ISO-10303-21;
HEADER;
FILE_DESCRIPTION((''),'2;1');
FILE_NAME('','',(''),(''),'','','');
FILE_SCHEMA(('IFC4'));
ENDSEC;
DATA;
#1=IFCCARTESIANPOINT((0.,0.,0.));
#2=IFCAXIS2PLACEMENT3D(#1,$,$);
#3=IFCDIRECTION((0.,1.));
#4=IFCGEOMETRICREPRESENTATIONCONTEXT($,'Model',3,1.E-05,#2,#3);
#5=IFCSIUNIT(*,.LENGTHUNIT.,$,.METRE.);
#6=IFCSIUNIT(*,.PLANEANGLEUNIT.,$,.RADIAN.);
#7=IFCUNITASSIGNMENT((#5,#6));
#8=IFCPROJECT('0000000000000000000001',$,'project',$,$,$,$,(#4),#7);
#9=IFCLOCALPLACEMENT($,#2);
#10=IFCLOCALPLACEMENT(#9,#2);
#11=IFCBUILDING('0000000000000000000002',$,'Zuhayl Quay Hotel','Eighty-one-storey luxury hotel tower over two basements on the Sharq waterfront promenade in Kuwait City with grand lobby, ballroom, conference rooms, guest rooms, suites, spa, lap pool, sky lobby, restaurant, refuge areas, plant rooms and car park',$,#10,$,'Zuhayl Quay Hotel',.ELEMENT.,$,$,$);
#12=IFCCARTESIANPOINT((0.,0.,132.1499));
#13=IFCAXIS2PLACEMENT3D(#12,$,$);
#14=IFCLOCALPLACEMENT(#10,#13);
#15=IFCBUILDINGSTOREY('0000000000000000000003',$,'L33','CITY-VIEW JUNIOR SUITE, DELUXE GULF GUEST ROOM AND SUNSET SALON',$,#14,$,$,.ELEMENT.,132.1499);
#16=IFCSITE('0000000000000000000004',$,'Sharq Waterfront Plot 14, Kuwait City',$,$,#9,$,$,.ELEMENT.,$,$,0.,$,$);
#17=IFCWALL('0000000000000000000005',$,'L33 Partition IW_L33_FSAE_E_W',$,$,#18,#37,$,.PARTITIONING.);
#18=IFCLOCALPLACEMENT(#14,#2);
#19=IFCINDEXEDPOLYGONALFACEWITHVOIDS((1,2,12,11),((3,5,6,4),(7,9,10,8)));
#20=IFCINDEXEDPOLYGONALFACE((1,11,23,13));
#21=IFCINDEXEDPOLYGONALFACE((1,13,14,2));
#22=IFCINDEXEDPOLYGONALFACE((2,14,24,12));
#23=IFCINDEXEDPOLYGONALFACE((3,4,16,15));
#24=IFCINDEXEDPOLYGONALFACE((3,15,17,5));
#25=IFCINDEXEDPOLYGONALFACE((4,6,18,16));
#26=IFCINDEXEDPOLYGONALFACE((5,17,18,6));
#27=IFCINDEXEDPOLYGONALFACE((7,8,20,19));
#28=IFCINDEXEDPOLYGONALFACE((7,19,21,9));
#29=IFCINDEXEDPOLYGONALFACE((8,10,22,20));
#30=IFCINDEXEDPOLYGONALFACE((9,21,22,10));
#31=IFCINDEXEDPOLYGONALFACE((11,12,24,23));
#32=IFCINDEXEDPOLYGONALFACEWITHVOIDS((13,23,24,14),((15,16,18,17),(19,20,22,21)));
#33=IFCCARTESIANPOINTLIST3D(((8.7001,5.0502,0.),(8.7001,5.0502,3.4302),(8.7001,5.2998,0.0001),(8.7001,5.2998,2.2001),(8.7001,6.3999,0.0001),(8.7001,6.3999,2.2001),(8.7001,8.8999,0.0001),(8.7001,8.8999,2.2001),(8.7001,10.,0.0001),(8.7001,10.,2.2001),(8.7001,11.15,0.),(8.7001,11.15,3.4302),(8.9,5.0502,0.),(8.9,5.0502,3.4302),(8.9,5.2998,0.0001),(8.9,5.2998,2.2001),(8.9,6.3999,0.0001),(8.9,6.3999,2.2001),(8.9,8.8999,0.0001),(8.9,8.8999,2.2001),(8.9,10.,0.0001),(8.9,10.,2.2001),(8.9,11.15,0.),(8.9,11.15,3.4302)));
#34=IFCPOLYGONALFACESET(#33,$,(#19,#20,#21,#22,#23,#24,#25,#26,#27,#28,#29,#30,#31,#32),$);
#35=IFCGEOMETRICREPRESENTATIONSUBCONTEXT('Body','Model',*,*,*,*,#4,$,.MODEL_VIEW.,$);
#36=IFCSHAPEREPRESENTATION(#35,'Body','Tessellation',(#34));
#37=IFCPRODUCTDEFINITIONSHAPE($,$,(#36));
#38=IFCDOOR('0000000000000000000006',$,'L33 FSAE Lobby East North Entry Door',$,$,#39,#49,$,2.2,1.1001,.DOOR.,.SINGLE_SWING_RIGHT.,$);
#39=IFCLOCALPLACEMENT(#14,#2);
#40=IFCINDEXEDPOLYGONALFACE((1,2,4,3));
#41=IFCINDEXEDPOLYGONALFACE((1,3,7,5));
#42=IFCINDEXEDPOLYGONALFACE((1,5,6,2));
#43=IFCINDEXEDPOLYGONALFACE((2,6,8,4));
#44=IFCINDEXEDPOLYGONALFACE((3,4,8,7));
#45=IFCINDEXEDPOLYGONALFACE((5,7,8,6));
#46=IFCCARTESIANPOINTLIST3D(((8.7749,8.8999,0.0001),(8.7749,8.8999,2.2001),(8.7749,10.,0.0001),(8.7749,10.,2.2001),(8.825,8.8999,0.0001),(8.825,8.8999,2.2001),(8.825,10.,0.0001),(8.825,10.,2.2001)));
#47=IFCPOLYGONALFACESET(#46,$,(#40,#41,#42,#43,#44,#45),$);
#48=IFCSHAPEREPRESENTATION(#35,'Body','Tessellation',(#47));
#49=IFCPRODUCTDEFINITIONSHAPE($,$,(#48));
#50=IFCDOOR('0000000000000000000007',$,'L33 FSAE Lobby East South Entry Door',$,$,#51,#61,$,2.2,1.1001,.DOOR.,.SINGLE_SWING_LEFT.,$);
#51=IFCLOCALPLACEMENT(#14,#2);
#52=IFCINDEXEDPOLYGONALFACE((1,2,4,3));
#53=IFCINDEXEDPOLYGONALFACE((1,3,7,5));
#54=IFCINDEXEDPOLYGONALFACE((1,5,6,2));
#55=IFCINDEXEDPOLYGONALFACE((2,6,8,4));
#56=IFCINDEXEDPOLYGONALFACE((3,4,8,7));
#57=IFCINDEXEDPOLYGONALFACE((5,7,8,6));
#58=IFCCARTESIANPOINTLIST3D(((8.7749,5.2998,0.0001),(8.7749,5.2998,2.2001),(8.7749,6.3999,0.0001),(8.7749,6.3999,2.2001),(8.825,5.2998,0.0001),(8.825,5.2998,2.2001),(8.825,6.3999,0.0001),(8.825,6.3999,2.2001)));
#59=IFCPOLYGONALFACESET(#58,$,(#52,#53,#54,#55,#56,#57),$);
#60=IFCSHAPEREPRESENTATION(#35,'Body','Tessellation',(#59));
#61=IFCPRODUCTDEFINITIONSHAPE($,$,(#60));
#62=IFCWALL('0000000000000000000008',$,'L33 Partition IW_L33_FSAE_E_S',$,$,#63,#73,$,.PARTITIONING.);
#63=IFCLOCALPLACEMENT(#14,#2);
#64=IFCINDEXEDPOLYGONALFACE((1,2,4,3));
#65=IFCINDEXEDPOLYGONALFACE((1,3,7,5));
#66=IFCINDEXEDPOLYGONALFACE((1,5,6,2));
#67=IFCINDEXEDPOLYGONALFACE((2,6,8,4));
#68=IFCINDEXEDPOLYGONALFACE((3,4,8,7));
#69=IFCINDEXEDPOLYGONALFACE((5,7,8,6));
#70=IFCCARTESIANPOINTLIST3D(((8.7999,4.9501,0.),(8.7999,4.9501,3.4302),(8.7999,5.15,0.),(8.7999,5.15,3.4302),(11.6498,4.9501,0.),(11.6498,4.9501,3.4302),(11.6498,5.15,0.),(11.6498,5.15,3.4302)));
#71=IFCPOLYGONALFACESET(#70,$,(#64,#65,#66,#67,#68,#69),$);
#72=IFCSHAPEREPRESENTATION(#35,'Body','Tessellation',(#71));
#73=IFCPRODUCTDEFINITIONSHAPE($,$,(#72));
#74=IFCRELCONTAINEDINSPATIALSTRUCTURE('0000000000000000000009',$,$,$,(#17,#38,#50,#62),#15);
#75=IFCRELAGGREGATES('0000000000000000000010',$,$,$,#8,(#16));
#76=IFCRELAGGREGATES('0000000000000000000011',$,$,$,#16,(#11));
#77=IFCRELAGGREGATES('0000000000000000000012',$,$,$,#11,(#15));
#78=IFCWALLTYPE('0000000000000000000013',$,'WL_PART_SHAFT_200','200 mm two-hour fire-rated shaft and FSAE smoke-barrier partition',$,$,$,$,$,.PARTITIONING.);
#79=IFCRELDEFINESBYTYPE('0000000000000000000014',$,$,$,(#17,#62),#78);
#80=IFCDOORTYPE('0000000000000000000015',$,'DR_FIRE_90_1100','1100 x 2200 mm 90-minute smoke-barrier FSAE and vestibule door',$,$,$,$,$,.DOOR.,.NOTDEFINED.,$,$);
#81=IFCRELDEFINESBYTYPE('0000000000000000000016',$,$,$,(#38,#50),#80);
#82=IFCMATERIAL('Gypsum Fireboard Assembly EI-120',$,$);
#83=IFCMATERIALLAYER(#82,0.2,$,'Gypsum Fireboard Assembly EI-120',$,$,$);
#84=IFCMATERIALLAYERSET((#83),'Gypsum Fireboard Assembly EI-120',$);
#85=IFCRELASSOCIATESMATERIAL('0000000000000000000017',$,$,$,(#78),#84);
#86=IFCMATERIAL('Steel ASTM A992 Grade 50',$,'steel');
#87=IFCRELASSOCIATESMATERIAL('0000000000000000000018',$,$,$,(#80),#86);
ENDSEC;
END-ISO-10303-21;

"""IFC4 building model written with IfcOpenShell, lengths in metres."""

from ifc_helpers import new_model, si_unit, direction, frame, frame_2d, origin, place, context, subcontext, project, spatial, rectangle, extrude, material, layer, layer_set, type_object, element, fill, save


model = new_model("IFC4")

# Units and contexts
model_context = context("Model", 3, precision=1e-05, world=origin(), true_north=direction((0.0, 1.0)))
body_context = subcontext(model_context, "Body", "Model", "MODEL_VIEW")
ifc_project = project(units=[si_unit("LENGTHUNIT", "METRE"), si_unit("PLANEANGLEUNIT", "RADIAN")], contexts=[model_context])

# Site, building, storey
site_placement = place(None, origin())
site = spatial("IfcSite", under=ifc_project, at=site_placement, Name="Sharq Waterfront Plot 14, Kuwait City", CompositionType="ELEMENT", RefElevation=0.0)
building_placement = place(site_placement, origin())
building = spatial("IfcBuilding", under=site, at=building_placement, Name="Zuhayl Quay Hotel", Description="Eighty-one-storey luxury hotel tower over two basements on the Sharq waterfront promenade in Kuwait City with grand lobby, ballroom, conference rooms, guest rooms, suites, spa, lap pool, sky lobby, restaurant, refuge areas, plant rooms and car park", LongName="Zuhayl Quay Hotel", CompositionType="ELEMENT")
storey_placement = place(building_placement, frame((0.0, 0.0, 132.1499)))
storey = spatial("IfcBuildingStorey", under=building, at=storey_placement, Name="L33", Description="CITY-VIEW JUNIOR SUITE, DELUXE GULF GUEST ROOM AND SUNSET SALON", CompositionType="ELEMENT", Elevation=132.1499)

# Shared definitions
ifc_material_1 = material(Name="Steel ASTM A992 Grade 50", Category="steel")

# Wall, openings, doors
ifc_material_2 = material(Name="Gypsum Fireboard Assembly EI-120")
ifc_layer_1 = layer(ifc_material_2, 0.2, Name="Gypsum Fireboard Assembly EI-120")
ifc_layer_set_1 = layer_set([ifc_layer_1], Name="Gypsum Fireboard Assembly EI-120")
wall_type_1 = type_object("IfcWallType", Name="WL_PART_SHAFT_200", Description="200 mm two-hour fire-rated shaft and FSAE smoke-barrier partition", PredefinedType="PARTITIONING", material=ifc_layer_set_1)
wall_1_placement = place(storey_placement, frame((8.8, 11.1499, 0.0), z_axis=(0.0, 0.0, 1.0), x_axis=(0.0, -1.0, 0.0)))
wall_1 = element("IfcWall", 1, at=wall_1_placement, inside=storey, type_object=wall_type_1, Name="L33 Partition IW_L33_FSAE_E_W", PredefinedType="PARTITIONING", context=body_context, shape_type="SweptSolid", body=[
    extrude(rectangle(XDim=6.0999, YDim=0.2, at=frame_2d((3.0498, 0.0))), origin(), (0.0, 0.0, 1.0), 3.4302),
])
opening_1_placement = place(wall_1_placement, frame((1.1499, 0.0, 0.0)))
opening_1 = element("IfcOpeningElement", 2, at=opening_1_placement, cuts=wall_1, PredefinedType="OPENING", context=body_context, shape_type="SweptSolid", body=[
    extrude(rectangle(XDim=1.1001, YDim=2.2, at=frame_2d((0.55, 1.1001))), frame((0.0, 0.1099, 0.0), z_axis=(0.0, -1.0, 0.0), x_axis=(1.0, 0.0, 0.0)), (0.0, 0.0, 1.0), 0.22),
])
opening_2_placement = place(wall_1_placement, frame((4.75, 0.0, 0.0)))
opening_2 = element("IfcOpeningElement", 3, at=opening_2_placement, cuts=wall_1, PredefinedType="OPENING", context=body_context, shape_type="SweptSolid", body=[
    extrude(rectangle(XDim=1.1001, YDim=2.2, at=frame_2d((0.55, 1.1001))), frame((0.0, 0.1099, 0.0), z_axis=(0.0, -1.0, 0.0), x_axis=(1.0, 0.0, 0.0)), (0.0, 0.0, 1.0), 0.22),
])
door_type_1 = type_object("IfcDoorType", Name="DR_FIRE_90_1100", Description="1100 x 2200 mm 90-minute smoke-barrier FSAE and vestibule door", OperationType="NOTDEFINED", PredefinedType="DOOR", material=ifc_material_1)
door_1_placement = place(opening_1_placement, origin())
door_1 = element("IfcDoor", 4, at=door_1_placement, inside=storey, type_object=door_type_1, Name="L33 FSAE Lobby East North Entry Door", OperationType="SINGLE_SWING_RIGHT", OverallHeight=2.2, OverallWidth=1.1001, PredefinedType="DOOR", context=body_context, shape_type="SweptSolid", body=[
    extrude(rectangle(XDim=1.1001, YDim=2.2, at=frame_2d((0.55, 1.1001))), frame((0.0, 0.0249, 0.0), z_axis=(0.0, -1.0, 0.0), x_axis=(1.0, 0.0, 0.0)), (0.0, 0.0, 1.0), 0.05),
])
fill(opening_1, door_1)
door_2_placement = place(opening_2_placement, origin())
door_2 = element("IfcDoor", 5, at=door_2_placement, inside=storey, type_object=door_type_1, Name="L33 FSAE Lobby East South Entry Door", OperationType="SINGLE_SWING_LEFT", OverallHeight=2.2, OverallWidth=1.1001, PredefinedType="DOOR", context=body_context, shape_type="SweptSolid", body=[
    extrude(rectangle(XDim=1.1001, YDim=2.2, at=frame_2d((0.55, 1.1001))), frame((0.0, 0.0249, 0.0), z_axis=(0.0, -1.0, 0.0), x_axis=(1.0, 0.0, 0.0)), (0.0, 0.0, 1.0), 0.05),
])
fill(opening_2, door_2)

# Wall
wall_2_placement = place(storey_placement, frame((8.8, 5.05, 0.0), z_axis=(0.0, 0.0, 1.0), x_axis=(1.0, 0.0, 0.0)))
element("IfcWall", 6, at=wall_2_placement, inside=storey, type_object=wall_type_1, Name="L33 Partition IW_L33_FSAE_E_S", PredefinedType="PARTITIONING", context=body_context, shape_type="SweptSolid", body=[
    extrude(rectangle(XDim=2.8499, YDim=0.2, at=frame_2d((1.4248, 0.0))), origin(), (0.0, 0.0, 1.0), 3.4302),
])

save(model, "model.ifc")
